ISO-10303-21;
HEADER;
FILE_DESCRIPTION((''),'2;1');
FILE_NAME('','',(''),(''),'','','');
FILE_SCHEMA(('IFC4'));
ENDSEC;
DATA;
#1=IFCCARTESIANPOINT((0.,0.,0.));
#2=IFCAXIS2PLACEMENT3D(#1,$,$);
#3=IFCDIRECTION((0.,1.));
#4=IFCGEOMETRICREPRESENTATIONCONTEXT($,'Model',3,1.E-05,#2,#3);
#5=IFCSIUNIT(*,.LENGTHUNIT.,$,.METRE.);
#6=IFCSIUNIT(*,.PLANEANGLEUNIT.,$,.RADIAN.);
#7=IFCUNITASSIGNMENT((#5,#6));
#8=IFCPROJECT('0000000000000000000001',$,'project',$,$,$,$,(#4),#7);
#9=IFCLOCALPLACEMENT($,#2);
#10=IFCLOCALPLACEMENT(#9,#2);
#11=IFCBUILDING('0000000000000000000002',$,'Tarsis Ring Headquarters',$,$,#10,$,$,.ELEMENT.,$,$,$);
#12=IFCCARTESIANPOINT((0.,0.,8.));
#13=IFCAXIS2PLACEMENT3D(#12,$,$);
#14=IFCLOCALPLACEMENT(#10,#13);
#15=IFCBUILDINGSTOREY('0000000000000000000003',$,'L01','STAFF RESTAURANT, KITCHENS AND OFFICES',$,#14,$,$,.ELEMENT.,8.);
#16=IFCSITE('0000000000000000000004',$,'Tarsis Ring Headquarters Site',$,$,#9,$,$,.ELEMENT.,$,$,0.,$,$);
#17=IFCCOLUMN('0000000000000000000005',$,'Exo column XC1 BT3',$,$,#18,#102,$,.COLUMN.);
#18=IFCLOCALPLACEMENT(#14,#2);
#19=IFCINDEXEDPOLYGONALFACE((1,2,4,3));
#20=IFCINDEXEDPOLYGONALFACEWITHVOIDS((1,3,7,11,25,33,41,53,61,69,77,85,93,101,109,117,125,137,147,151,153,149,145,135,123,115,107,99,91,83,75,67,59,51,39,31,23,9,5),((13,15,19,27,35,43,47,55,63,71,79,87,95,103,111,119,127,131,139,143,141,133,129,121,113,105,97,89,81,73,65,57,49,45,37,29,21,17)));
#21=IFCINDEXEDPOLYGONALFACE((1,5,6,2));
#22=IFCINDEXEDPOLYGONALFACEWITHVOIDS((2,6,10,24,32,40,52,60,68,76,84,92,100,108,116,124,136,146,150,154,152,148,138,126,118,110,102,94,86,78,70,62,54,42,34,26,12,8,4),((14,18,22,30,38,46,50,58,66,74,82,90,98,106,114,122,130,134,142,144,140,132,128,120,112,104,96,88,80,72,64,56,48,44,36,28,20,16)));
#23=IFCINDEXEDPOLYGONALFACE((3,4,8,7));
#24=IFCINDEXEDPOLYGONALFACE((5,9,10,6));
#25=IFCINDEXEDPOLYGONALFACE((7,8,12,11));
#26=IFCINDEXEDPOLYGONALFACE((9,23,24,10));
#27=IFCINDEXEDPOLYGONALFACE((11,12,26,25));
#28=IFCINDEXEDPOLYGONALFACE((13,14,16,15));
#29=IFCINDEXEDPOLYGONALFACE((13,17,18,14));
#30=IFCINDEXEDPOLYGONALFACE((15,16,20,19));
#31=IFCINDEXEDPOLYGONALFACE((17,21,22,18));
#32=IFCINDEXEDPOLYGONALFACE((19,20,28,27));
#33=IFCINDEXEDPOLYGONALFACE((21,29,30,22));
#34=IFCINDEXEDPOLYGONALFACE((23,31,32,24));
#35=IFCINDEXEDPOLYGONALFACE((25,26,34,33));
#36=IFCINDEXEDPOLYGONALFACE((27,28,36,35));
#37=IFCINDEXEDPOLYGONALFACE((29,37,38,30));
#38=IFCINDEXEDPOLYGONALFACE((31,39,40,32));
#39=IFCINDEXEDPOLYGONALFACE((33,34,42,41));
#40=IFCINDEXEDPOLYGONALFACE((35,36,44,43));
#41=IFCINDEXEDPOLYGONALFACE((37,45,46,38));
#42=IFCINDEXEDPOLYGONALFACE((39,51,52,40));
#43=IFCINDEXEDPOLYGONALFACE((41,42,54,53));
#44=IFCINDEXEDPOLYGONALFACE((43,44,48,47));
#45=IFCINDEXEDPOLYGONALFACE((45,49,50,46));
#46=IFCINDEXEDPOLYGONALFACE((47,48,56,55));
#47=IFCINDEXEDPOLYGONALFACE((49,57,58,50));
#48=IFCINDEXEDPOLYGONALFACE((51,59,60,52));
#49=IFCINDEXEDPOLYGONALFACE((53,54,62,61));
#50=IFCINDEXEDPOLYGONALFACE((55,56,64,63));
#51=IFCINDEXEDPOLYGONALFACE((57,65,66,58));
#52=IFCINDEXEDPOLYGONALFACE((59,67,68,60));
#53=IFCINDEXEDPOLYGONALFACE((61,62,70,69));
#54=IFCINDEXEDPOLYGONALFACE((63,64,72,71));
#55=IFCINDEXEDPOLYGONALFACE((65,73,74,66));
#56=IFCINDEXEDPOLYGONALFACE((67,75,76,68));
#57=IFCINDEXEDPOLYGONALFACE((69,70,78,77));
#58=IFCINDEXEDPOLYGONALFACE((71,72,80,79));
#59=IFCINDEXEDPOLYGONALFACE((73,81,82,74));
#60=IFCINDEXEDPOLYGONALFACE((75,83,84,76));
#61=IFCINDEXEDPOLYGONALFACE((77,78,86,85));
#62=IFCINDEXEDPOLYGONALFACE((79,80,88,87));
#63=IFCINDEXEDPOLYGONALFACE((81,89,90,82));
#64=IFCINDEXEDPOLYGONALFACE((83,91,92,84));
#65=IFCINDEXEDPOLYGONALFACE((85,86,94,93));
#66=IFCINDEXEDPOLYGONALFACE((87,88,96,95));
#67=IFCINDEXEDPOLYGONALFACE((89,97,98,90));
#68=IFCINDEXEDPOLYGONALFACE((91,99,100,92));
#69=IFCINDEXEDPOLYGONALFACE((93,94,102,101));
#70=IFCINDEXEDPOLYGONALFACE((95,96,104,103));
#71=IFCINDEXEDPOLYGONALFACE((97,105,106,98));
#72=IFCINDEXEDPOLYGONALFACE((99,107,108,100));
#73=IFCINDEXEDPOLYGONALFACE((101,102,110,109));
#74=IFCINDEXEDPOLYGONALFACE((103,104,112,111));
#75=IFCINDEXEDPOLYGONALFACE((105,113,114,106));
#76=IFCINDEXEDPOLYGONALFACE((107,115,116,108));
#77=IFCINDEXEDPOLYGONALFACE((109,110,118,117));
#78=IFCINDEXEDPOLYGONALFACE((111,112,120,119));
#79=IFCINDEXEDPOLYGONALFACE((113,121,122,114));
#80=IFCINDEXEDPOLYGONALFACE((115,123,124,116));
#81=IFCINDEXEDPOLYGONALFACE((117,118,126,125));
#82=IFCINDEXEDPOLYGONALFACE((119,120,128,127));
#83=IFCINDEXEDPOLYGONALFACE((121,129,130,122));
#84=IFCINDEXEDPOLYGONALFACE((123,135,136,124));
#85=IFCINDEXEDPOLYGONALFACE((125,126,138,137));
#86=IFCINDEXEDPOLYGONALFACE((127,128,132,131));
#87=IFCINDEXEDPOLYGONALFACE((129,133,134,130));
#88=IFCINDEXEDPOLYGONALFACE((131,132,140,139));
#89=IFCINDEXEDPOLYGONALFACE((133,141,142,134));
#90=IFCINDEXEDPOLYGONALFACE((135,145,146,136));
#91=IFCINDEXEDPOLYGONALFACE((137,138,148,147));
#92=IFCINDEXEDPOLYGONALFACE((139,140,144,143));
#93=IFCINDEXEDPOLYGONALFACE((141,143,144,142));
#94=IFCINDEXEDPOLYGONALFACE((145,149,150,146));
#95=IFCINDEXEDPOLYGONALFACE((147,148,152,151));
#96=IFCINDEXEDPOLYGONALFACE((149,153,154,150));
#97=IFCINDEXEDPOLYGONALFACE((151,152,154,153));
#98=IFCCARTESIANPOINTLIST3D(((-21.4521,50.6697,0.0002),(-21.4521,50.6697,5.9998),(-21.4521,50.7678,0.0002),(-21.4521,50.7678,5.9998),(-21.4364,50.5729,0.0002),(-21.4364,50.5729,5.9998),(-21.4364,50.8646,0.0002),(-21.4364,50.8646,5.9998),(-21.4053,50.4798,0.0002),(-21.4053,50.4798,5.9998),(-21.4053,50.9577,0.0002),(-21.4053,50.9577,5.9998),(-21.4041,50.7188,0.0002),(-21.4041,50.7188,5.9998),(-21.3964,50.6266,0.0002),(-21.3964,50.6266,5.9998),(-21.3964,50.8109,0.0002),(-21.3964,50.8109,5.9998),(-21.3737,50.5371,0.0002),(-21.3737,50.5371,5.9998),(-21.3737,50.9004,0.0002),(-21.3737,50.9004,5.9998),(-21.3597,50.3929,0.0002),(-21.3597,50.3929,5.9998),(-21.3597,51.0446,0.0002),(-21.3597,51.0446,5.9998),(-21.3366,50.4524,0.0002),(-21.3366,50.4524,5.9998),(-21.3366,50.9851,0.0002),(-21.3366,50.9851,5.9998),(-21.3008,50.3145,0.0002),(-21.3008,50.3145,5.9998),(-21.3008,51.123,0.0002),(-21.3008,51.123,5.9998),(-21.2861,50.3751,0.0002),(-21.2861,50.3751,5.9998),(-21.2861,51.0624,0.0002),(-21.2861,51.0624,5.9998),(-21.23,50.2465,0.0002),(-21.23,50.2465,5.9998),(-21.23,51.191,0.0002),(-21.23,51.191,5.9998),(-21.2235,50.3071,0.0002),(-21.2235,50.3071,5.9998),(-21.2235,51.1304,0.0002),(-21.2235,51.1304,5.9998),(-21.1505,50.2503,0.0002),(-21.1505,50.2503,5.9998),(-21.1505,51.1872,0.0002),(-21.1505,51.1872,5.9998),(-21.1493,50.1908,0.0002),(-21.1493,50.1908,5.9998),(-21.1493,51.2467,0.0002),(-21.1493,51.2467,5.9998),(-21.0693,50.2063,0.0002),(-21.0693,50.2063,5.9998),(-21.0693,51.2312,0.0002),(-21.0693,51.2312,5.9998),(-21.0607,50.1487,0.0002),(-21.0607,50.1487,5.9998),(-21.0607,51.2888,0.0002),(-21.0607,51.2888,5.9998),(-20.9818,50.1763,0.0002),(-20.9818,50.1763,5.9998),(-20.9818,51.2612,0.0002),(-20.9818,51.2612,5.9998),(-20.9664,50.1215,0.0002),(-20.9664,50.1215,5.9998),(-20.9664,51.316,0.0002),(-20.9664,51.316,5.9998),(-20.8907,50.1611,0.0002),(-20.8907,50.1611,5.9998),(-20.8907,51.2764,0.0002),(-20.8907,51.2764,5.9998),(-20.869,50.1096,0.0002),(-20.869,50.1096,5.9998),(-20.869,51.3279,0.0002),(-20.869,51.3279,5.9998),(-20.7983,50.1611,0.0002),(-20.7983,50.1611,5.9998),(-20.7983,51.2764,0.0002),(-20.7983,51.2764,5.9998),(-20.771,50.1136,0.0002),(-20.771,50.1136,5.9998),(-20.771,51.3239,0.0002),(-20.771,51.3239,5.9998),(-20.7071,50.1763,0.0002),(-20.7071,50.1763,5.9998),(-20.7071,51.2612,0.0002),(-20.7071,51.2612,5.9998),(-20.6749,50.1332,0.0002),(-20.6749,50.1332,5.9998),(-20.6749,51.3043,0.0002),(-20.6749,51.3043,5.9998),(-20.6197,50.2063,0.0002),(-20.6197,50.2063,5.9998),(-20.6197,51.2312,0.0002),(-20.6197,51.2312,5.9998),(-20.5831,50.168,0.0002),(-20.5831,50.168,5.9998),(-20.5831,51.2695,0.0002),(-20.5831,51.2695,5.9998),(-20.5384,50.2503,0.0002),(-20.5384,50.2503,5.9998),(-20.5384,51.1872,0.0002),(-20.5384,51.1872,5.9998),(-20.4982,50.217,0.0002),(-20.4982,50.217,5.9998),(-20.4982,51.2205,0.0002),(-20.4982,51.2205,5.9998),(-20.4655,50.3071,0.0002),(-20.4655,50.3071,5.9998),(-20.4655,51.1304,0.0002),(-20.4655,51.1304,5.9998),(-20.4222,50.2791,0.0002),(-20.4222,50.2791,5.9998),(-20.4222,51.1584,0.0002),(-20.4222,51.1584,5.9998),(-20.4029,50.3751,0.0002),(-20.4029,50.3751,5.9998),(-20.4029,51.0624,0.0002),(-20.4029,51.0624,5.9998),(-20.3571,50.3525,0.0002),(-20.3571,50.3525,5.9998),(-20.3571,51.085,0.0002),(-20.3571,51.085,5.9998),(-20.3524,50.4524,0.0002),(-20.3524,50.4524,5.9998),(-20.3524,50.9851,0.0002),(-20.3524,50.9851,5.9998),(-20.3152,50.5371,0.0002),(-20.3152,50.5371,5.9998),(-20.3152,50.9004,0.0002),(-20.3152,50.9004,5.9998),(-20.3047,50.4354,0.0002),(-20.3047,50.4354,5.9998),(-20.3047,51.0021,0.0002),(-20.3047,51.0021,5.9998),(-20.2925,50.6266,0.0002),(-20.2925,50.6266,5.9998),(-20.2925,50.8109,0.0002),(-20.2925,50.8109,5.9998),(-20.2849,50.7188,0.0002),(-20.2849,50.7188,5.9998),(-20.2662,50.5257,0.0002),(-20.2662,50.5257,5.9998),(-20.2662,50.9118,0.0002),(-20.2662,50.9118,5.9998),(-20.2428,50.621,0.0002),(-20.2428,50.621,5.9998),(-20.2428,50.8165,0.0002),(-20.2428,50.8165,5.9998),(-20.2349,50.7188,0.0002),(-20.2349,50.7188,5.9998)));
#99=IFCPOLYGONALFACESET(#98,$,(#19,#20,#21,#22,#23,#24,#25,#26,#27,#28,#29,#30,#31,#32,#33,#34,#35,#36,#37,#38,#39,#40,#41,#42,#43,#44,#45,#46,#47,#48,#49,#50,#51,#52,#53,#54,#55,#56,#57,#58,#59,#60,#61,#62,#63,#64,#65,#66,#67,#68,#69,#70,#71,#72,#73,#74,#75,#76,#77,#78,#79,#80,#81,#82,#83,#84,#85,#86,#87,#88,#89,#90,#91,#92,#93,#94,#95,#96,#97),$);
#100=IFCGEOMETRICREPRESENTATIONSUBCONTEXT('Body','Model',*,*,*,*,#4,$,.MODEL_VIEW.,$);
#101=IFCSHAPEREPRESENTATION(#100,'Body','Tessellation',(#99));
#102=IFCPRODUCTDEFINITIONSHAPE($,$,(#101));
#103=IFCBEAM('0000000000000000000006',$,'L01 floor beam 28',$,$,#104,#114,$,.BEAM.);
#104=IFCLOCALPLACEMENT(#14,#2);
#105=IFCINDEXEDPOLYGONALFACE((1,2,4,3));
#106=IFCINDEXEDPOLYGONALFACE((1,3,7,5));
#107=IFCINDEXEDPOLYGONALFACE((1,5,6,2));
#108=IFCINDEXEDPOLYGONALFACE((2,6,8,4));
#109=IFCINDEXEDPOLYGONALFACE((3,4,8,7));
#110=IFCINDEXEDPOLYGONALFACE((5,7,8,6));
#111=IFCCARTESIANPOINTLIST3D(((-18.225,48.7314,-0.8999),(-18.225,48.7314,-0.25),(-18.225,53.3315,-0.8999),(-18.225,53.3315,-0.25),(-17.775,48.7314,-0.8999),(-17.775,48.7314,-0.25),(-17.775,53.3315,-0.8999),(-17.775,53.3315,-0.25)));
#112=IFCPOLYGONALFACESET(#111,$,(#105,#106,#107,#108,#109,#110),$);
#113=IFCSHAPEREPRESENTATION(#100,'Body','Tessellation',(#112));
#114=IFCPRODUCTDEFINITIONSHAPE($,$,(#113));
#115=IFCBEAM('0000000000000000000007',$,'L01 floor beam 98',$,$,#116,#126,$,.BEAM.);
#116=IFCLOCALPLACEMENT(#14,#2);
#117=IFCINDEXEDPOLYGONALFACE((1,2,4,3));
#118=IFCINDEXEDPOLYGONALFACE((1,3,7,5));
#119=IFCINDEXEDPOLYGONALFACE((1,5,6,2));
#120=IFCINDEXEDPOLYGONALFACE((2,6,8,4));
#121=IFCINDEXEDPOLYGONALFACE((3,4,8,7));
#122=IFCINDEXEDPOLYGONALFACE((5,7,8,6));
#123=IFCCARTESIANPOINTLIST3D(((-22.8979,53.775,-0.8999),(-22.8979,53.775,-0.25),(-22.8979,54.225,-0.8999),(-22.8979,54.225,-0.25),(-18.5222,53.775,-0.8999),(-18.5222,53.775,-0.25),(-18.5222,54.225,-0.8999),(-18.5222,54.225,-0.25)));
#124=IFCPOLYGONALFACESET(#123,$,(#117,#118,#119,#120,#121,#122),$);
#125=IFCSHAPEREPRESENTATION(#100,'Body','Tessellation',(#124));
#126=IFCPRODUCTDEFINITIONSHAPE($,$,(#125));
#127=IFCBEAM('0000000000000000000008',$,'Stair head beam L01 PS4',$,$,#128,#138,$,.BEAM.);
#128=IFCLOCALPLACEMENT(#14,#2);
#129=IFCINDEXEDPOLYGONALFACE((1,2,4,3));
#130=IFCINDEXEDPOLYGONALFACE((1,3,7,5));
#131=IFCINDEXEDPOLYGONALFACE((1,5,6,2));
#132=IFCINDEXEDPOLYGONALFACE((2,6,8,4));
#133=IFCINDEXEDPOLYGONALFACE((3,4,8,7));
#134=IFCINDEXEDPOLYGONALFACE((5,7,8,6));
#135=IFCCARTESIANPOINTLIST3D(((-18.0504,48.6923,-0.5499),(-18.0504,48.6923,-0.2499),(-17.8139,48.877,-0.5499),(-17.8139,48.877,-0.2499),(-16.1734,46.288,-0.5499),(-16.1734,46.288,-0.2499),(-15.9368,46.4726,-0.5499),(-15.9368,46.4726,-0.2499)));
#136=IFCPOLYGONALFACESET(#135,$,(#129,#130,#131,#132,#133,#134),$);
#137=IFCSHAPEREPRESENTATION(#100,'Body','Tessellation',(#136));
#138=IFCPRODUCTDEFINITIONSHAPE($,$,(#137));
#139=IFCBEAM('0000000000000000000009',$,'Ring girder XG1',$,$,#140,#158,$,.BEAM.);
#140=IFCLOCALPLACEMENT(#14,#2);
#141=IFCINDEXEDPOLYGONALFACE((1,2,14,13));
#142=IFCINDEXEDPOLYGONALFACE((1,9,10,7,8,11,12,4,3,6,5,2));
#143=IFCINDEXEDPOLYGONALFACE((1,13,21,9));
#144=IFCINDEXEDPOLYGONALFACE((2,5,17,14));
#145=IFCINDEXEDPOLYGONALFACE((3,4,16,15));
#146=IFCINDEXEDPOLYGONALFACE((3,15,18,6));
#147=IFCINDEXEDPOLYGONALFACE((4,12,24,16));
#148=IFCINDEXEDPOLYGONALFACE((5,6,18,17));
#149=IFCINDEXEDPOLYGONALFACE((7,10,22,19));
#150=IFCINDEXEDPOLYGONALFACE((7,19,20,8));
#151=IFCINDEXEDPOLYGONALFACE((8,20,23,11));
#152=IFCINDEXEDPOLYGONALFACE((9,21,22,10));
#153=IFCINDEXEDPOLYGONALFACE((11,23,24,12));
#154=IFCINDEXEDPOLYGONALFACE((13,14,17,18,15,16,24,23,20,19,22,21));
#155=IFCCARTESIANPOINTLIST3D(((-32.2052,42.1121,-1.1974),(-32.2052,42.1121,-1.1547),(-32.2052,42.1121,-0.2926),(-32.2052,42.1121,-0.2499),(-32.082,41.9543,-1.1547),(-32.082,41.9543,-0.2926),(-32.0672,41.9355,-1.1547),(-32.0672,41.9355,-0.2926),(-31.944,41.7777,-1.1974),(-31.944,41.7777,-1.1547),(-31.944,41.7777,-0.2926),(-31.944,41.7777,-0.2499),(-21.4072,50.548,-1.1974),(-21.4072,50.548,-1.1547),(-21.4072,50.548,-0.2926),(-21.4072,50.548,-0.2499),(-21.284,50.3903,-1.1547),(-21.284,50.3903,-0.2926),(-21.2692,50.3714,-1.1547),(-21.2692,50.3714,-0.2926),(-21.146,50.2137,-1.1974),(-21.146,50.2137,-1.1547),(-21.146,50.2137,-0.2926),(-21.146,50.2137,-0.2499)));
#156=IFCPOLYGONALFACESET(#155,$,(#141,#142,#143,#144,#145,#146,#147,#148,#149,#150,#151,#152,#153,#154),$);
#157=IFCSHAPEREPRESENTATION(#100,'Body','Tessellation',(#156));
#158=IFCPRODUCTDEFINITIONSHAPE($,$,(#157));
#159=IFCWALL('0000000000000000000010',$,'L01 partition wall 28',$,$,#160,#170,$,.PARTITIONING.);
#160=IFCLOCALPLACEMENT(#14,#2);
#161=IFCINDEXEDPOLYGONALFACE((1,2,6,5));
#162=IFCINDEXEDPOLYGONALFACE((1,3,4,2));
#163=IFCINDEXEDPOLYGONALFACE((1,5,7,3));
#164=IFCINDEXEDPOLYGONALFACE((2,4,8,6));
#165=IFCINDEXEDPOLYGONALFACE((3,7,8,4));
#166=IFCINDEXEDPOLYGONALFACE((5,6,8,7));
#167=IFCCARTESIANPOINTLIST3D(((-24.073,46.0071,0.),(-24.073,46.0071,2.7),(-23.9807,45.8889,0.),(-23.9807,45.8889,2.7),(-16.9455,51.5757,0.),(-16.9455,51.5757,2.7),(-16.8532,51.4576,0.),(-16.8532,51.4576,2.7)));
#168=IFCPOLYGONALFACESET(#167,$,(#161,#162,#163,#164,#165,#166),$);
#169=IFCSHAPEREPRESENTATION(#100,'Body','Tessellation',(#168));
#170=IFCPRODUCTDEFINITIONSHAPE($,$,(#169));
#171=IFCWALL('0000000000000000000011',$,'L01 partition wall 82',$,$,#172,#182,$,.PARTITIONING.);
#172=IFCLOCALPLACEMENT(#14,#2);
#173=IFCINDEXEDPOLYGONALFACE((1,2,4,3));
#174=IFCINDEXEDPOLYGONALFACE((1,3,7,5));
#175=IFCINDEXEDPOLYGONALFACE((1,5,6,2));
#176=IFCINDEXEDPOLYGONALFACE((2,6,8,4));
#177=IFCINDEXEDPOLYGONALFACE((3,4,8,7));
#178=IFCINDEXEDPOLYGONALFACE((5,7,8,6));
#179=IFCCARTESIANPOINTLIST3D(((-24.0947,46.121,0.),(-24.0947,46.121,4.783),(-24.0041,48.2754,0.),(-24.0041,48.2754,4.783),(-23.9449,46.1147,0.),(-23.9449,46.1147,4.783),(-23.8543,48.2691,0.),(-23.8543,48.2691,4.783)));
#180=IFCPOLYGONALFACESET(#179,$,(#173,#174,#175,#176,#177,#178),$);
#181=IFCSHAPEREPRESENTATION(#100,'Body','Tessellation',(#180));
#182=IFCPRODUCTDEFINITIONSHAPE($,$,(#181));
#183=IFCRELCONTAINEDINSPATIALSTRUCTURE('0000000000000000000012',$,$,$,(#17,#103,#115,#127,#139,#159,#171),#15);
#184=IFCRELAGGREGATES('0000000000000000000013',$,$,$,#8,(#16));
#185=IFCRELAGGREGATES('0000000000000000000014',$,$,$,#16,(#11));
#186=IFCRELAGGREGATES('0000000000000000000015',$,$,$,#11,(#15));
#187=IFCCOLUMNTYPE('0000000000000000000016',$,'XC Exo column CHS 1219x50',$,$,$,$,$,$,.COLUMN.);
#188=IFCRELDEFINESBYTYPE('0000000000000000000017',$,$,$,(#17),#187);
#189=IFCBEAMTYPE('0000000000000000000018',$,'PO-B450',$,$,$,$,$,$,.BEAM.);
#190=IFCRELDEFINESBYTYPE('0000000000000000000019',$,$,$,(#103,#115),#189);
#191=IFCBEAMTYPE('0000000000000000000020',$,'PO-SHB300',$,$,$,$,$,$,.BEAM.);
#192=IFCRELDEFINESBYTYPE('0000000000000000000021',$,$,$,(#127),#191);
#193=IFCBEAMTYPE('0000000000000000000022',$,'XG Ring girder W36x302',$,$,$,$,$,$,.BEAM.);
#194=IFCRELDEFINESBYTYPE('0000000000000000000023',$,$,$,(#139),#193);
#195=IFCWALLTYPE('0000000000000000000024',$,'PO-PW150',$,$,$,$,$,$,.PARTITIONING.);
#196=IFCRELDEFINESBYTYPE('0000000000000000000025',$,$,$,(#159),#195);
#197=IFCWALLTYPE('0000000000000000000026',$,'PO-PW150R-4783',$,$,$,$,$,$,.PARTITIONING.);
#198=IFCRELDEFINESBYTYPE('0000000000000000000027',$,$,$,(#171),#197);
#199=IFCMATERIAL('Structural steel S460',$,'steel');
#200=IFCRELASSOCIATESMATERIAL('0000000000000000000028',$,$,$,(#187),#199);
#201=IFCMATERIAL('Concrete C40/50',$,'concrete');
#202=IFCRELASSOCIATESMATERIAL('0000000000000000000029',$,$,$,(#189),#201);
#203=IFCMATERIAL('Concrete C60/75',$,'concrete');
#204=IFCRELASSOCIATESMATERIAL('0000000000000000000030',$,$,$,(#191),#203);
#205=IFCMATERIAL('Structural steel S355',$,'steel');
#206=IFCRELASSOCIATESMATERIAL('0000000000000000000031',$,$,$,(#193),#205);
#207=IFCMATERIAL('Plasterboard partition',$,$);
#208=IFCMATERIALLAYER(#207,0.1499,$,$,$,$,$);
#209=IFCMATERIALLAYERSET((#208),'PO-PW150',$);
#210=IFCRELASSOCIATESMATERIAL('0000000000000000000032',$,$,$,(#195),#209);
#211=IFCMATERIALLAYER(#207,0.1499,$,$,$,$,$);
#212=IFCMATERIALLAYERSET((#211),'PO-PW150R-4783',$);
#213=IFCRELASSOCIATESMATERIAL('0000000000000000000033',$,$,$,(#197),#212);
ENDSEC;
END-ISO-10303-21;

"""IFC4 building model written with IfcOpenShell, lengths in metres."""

from ifc_helpers import new_model, si_unit, direction, frame, frame_2d, origin, origin_2d, place, context, subcontext, project, spatial, rectangle, hollow_circle, i_section, extrude, material, layer, layer_set, material_profile, profile_set, type_object, element, save


model = new_model("IFC4")

# Units and contexts
model_context = context("Model", 3, precision=1e-05, world=origin(), true_north=direction((0.0, 1.0)))
body_context = subcontext(model_context, "Body", "Model", "MODEL_VIEW")
ifc_project = project(units=[si_unit("LENGTHUNIT", "METRE"), si_unit("PLANEANGLEUNIT", "RADIAN")], contexts=[model_context])

# Site, building, storey
site_placement = place(None, origin())
site = spatial("IfcSite", under=ifc_project, at=site_placement, Name="Tarsis Ring Headquarters Site", CompositionType="ELEMENT", RefElevation=0.0)
building_placement = place(site_placement, origin())
building = spatial("IfcBuilding", under=site, at=building_placement, Name="Tarsis Ring Headquarters", CompositionType="ELEMENT")
storey_placement = place(building_placement, frame((0.0, 0.0, 8.0)))
storey = spatial("IfcBuildingStorey", under=building, at=storey_placement, Name="L01", Description="STAFF RESTAURANT, KITCHENS AND OFFICES", CompositionType="ELEMENT", Elevation=8.0)

# Column
ifc_material_1 = material(Name="Structural steel S460", Category="steel")
ifc_material_profile_1 = material_profile(ifc_material_1, hollow_circle(Radius=0.6096, WallThickness=0.05, at=origin_2d()), Name="CHS 1219x50")
ifc_profile_set_1 = profile_set([ifc_material_profile_1], Name="Structural steel S460")
column_type = type_object("IfcColumnType", Name="XC Exo column CHS 1219x50", PredefinedType="COLUMN", material=ifc_profile_set_1)
column_placement = place(storey_placement, frame((-20.8445, 50.7188, 0.0002), z_axis=(0.0, 0.0, 1.0), x_axis=(1.0, 0.0, 0.0)))
element("IfcColumn", 1, at=column_placement, inside=storey, type_object=column_type, Name="Exo column XC1 BT3", PredefinedType="COLUMN", context=body_context, shape_type="SweptSolid", body=[
    extrude(hollow_circle(Radius=0.6096, WallThickness=0.05, at=origin_2d()), origin(), (0.0, 0.0, 1.0), 5.9995),
])

# Beams
ifc_material_2 = material(Name="Concrete C40/50", Category="concrete")
ifc_material_profile_2 = material_profile(ifc_material_2, rectangle(XDim=0.45, YDim=0.6499, at=origin_2d()), Name="PO-B450")
ifc_profile_set_2 = profile_set([ifc_material_profile_2], Name="Concrete C40/50")
beam_type_1 = type_object("IfcBeamType", Name="PO-B450", PredefinedType="BEAM", material=ifc_profile_set_2)
beam_1_placement = place(storey_placement, frame((-18.0, 48.7314, -0.575), z_axis=(0.0, 1.0, 0.0), x_axis=(-1.0, 0.0, 0.0)))
element("IfcBeam", 2, at=beam_1_placement, inside=storey, type_object=beam_type_1, Name="L01 floor beam 28", PredefinedType="BEAM", context=body_context, shape_type="SweptSolid", body=[
    extrude(rectangle(XDim=0.45, YDim=0.6499, at=origin_2d()), origin(), (0.0, 0.0, 1.0), 4.6001),
])
beam_2_placement = place(storey_placement, frame((-22.8979, 54.0, -0.575), z_axis=(1.0, 0.0, 0.0), x_axis=(0.0, 1.0, 0.0)))
element("IfcBeam", 3, at=beam_2_placement, inside=storey, type_object=beam_type_1, Name="L01 floor beam 98", PredefinedType="BEAM", context=body_context, shape_type="SweptSolid", body=[
    extrude(rectangle(XDim=0.45, YDim=0.6499, at=origin_2d()), origin(), (0.0, 0.0, 1.0), 4.3757),
])
ifc_material_3 = material(Name="Concrete C60/75", Category="concrete")
ifc_material_profile_3 = material_profile(ifc_material_3, rectangle(XDim=0.3, YDim=0.3, at=origin_2d()), Name="PO-SHB300")
ifc_profile_set_3 = profile_set([ifc_material_profile_3], Name="Concrete C60/75")
beam_type_2 = type_object("IfcBeamType", Name="PO-SHB300", PredefinedType="BEAM", material=ifc_profile_set_3)
beam_3_placement = place(storey_placement, frame((-17.9321, 48.7847, -0.3999), z_axis=(0.615358, -0.788248, 0.0), x_axis=(0.788248, 0.615358, 0.0)))
element("IfcBeam", 4, at=beam_3_placement, inside=storey, type_object=beam_type_2, Name="Stair head beam L01 PS4", PredefinedType="BEAM", context=body_context, shape_type="SweptSolid", body=[
    extrude(rectangle(XDim=0.3, YDim=0.3, at=origin_2d()), origin(), (0.0, 0.0, 1.0), 3.0503),
])
ifc_material_4 = material(Name="Structural steel S355", Category="steel")
ifc_material_profile_4 = material_profile(ifc_material_4, i_section(OverallWidth=0.4243, OverallDepth=0.9475, WebThickness=0.0239, FlangeThickness=0.0427, at=origin_2d()), Name="W36x302")
ifc_profile_set_4 = profile_set([ifc_material_profile_4], Name="Structural steel S355")
beam_type_3 = type_object("IfcBeamType", Name="XG Ring girder W36x302", PredefinedType="BEAM", material=ifc_profile_set_4)
beam_4_placement = place(storey_placement, frame((-21.2766, 50.3809, -0.7236), z_axis=(-0.788024, -0.615645, 0.0), x_axis=(0.615645, -0.788024, 0.0)))
element("IfcBeam", 5, at=beam_4_placement, inside=storey, type_object=beam_type_3, Name="Ring girder XG1", PredefinedType="BEAM", context=body_context, shape_type="SweptSolid", body=[
    extrude(i_section(OverallWidth=0.4243, OverallDepth=0.9475, WebThickness=0.0239, FlangeThickness=0.0427, at=origin_2d()), origin(), (0.0, 0.0, 1.0), 13.7026),
])

# Walls
ifc_material_5 = material(Name="Plasterboard partition")
ifc_layer_1 = layer(ifc_material_5, 0.1499)
ifc_layer_set_1 = layer_set([ifc_layer_1], Name="PO-PW150")
wall_type_1 = type_object("IfcWallType", Name="PO-PW150", PredefinedType="PARTITIONING", material=ifc_layer_set_1)
wall_1_placement = place(storey_placement, frame((-24.0269, 45.948, 0.0), z_axis=(0.0, 0.0, 1.0), x_axis=(0.788009, 0.615664, 0.0)))
element("IfcWall", 6, at=wall_1_placement, inside=storey, type_object=wall_type_1, Name="L01 partition wall 28", PredefinedType="PARTITIONING", context=body_context, shape_type="SweptSolid", body=[
    extrude(rectangle(XDim=9.0449, YDim=0.1499, at=frame_2d((4.5225, 0.0))), origin(), (0.0, 0.0, 1.0), 2.7),
])
ifc_layer_2 = layer(ifc_material_5, 0.1499)
ifc_layer_set_2 = layer_set([ifc_layer_2], Name="PO-PW150R-4783")
wall_type_2 = type_object("IfcWallType", Name="PO-PW150R-4783", PredefinedType="PARTITIONING", material=ifc_layer_set_2)
wall_2_placement = place(storey_placement, frame((-23.9292, 48.2722, 0.0), z_axis=(0.0, 0.0, 1.0), x_axis=(-0.042007, -0.999117, 0.0)))
element("IfcWall", 7, at=wall_2_placement, inside=storey, type_object=wall_type_2, Name="L01 partition wall 82", PredefinedType="PARTITIONING", context=body_context, shape_type="SweptSolid", body=[
    extrude(rectangle(XDim=2.1562, YDim=0.1499, at=frame_2d((1.0781, 0.0))), origin(), (0.0, 0.0, 1.0), 4.783),
])

save(model, "model.ifc")
